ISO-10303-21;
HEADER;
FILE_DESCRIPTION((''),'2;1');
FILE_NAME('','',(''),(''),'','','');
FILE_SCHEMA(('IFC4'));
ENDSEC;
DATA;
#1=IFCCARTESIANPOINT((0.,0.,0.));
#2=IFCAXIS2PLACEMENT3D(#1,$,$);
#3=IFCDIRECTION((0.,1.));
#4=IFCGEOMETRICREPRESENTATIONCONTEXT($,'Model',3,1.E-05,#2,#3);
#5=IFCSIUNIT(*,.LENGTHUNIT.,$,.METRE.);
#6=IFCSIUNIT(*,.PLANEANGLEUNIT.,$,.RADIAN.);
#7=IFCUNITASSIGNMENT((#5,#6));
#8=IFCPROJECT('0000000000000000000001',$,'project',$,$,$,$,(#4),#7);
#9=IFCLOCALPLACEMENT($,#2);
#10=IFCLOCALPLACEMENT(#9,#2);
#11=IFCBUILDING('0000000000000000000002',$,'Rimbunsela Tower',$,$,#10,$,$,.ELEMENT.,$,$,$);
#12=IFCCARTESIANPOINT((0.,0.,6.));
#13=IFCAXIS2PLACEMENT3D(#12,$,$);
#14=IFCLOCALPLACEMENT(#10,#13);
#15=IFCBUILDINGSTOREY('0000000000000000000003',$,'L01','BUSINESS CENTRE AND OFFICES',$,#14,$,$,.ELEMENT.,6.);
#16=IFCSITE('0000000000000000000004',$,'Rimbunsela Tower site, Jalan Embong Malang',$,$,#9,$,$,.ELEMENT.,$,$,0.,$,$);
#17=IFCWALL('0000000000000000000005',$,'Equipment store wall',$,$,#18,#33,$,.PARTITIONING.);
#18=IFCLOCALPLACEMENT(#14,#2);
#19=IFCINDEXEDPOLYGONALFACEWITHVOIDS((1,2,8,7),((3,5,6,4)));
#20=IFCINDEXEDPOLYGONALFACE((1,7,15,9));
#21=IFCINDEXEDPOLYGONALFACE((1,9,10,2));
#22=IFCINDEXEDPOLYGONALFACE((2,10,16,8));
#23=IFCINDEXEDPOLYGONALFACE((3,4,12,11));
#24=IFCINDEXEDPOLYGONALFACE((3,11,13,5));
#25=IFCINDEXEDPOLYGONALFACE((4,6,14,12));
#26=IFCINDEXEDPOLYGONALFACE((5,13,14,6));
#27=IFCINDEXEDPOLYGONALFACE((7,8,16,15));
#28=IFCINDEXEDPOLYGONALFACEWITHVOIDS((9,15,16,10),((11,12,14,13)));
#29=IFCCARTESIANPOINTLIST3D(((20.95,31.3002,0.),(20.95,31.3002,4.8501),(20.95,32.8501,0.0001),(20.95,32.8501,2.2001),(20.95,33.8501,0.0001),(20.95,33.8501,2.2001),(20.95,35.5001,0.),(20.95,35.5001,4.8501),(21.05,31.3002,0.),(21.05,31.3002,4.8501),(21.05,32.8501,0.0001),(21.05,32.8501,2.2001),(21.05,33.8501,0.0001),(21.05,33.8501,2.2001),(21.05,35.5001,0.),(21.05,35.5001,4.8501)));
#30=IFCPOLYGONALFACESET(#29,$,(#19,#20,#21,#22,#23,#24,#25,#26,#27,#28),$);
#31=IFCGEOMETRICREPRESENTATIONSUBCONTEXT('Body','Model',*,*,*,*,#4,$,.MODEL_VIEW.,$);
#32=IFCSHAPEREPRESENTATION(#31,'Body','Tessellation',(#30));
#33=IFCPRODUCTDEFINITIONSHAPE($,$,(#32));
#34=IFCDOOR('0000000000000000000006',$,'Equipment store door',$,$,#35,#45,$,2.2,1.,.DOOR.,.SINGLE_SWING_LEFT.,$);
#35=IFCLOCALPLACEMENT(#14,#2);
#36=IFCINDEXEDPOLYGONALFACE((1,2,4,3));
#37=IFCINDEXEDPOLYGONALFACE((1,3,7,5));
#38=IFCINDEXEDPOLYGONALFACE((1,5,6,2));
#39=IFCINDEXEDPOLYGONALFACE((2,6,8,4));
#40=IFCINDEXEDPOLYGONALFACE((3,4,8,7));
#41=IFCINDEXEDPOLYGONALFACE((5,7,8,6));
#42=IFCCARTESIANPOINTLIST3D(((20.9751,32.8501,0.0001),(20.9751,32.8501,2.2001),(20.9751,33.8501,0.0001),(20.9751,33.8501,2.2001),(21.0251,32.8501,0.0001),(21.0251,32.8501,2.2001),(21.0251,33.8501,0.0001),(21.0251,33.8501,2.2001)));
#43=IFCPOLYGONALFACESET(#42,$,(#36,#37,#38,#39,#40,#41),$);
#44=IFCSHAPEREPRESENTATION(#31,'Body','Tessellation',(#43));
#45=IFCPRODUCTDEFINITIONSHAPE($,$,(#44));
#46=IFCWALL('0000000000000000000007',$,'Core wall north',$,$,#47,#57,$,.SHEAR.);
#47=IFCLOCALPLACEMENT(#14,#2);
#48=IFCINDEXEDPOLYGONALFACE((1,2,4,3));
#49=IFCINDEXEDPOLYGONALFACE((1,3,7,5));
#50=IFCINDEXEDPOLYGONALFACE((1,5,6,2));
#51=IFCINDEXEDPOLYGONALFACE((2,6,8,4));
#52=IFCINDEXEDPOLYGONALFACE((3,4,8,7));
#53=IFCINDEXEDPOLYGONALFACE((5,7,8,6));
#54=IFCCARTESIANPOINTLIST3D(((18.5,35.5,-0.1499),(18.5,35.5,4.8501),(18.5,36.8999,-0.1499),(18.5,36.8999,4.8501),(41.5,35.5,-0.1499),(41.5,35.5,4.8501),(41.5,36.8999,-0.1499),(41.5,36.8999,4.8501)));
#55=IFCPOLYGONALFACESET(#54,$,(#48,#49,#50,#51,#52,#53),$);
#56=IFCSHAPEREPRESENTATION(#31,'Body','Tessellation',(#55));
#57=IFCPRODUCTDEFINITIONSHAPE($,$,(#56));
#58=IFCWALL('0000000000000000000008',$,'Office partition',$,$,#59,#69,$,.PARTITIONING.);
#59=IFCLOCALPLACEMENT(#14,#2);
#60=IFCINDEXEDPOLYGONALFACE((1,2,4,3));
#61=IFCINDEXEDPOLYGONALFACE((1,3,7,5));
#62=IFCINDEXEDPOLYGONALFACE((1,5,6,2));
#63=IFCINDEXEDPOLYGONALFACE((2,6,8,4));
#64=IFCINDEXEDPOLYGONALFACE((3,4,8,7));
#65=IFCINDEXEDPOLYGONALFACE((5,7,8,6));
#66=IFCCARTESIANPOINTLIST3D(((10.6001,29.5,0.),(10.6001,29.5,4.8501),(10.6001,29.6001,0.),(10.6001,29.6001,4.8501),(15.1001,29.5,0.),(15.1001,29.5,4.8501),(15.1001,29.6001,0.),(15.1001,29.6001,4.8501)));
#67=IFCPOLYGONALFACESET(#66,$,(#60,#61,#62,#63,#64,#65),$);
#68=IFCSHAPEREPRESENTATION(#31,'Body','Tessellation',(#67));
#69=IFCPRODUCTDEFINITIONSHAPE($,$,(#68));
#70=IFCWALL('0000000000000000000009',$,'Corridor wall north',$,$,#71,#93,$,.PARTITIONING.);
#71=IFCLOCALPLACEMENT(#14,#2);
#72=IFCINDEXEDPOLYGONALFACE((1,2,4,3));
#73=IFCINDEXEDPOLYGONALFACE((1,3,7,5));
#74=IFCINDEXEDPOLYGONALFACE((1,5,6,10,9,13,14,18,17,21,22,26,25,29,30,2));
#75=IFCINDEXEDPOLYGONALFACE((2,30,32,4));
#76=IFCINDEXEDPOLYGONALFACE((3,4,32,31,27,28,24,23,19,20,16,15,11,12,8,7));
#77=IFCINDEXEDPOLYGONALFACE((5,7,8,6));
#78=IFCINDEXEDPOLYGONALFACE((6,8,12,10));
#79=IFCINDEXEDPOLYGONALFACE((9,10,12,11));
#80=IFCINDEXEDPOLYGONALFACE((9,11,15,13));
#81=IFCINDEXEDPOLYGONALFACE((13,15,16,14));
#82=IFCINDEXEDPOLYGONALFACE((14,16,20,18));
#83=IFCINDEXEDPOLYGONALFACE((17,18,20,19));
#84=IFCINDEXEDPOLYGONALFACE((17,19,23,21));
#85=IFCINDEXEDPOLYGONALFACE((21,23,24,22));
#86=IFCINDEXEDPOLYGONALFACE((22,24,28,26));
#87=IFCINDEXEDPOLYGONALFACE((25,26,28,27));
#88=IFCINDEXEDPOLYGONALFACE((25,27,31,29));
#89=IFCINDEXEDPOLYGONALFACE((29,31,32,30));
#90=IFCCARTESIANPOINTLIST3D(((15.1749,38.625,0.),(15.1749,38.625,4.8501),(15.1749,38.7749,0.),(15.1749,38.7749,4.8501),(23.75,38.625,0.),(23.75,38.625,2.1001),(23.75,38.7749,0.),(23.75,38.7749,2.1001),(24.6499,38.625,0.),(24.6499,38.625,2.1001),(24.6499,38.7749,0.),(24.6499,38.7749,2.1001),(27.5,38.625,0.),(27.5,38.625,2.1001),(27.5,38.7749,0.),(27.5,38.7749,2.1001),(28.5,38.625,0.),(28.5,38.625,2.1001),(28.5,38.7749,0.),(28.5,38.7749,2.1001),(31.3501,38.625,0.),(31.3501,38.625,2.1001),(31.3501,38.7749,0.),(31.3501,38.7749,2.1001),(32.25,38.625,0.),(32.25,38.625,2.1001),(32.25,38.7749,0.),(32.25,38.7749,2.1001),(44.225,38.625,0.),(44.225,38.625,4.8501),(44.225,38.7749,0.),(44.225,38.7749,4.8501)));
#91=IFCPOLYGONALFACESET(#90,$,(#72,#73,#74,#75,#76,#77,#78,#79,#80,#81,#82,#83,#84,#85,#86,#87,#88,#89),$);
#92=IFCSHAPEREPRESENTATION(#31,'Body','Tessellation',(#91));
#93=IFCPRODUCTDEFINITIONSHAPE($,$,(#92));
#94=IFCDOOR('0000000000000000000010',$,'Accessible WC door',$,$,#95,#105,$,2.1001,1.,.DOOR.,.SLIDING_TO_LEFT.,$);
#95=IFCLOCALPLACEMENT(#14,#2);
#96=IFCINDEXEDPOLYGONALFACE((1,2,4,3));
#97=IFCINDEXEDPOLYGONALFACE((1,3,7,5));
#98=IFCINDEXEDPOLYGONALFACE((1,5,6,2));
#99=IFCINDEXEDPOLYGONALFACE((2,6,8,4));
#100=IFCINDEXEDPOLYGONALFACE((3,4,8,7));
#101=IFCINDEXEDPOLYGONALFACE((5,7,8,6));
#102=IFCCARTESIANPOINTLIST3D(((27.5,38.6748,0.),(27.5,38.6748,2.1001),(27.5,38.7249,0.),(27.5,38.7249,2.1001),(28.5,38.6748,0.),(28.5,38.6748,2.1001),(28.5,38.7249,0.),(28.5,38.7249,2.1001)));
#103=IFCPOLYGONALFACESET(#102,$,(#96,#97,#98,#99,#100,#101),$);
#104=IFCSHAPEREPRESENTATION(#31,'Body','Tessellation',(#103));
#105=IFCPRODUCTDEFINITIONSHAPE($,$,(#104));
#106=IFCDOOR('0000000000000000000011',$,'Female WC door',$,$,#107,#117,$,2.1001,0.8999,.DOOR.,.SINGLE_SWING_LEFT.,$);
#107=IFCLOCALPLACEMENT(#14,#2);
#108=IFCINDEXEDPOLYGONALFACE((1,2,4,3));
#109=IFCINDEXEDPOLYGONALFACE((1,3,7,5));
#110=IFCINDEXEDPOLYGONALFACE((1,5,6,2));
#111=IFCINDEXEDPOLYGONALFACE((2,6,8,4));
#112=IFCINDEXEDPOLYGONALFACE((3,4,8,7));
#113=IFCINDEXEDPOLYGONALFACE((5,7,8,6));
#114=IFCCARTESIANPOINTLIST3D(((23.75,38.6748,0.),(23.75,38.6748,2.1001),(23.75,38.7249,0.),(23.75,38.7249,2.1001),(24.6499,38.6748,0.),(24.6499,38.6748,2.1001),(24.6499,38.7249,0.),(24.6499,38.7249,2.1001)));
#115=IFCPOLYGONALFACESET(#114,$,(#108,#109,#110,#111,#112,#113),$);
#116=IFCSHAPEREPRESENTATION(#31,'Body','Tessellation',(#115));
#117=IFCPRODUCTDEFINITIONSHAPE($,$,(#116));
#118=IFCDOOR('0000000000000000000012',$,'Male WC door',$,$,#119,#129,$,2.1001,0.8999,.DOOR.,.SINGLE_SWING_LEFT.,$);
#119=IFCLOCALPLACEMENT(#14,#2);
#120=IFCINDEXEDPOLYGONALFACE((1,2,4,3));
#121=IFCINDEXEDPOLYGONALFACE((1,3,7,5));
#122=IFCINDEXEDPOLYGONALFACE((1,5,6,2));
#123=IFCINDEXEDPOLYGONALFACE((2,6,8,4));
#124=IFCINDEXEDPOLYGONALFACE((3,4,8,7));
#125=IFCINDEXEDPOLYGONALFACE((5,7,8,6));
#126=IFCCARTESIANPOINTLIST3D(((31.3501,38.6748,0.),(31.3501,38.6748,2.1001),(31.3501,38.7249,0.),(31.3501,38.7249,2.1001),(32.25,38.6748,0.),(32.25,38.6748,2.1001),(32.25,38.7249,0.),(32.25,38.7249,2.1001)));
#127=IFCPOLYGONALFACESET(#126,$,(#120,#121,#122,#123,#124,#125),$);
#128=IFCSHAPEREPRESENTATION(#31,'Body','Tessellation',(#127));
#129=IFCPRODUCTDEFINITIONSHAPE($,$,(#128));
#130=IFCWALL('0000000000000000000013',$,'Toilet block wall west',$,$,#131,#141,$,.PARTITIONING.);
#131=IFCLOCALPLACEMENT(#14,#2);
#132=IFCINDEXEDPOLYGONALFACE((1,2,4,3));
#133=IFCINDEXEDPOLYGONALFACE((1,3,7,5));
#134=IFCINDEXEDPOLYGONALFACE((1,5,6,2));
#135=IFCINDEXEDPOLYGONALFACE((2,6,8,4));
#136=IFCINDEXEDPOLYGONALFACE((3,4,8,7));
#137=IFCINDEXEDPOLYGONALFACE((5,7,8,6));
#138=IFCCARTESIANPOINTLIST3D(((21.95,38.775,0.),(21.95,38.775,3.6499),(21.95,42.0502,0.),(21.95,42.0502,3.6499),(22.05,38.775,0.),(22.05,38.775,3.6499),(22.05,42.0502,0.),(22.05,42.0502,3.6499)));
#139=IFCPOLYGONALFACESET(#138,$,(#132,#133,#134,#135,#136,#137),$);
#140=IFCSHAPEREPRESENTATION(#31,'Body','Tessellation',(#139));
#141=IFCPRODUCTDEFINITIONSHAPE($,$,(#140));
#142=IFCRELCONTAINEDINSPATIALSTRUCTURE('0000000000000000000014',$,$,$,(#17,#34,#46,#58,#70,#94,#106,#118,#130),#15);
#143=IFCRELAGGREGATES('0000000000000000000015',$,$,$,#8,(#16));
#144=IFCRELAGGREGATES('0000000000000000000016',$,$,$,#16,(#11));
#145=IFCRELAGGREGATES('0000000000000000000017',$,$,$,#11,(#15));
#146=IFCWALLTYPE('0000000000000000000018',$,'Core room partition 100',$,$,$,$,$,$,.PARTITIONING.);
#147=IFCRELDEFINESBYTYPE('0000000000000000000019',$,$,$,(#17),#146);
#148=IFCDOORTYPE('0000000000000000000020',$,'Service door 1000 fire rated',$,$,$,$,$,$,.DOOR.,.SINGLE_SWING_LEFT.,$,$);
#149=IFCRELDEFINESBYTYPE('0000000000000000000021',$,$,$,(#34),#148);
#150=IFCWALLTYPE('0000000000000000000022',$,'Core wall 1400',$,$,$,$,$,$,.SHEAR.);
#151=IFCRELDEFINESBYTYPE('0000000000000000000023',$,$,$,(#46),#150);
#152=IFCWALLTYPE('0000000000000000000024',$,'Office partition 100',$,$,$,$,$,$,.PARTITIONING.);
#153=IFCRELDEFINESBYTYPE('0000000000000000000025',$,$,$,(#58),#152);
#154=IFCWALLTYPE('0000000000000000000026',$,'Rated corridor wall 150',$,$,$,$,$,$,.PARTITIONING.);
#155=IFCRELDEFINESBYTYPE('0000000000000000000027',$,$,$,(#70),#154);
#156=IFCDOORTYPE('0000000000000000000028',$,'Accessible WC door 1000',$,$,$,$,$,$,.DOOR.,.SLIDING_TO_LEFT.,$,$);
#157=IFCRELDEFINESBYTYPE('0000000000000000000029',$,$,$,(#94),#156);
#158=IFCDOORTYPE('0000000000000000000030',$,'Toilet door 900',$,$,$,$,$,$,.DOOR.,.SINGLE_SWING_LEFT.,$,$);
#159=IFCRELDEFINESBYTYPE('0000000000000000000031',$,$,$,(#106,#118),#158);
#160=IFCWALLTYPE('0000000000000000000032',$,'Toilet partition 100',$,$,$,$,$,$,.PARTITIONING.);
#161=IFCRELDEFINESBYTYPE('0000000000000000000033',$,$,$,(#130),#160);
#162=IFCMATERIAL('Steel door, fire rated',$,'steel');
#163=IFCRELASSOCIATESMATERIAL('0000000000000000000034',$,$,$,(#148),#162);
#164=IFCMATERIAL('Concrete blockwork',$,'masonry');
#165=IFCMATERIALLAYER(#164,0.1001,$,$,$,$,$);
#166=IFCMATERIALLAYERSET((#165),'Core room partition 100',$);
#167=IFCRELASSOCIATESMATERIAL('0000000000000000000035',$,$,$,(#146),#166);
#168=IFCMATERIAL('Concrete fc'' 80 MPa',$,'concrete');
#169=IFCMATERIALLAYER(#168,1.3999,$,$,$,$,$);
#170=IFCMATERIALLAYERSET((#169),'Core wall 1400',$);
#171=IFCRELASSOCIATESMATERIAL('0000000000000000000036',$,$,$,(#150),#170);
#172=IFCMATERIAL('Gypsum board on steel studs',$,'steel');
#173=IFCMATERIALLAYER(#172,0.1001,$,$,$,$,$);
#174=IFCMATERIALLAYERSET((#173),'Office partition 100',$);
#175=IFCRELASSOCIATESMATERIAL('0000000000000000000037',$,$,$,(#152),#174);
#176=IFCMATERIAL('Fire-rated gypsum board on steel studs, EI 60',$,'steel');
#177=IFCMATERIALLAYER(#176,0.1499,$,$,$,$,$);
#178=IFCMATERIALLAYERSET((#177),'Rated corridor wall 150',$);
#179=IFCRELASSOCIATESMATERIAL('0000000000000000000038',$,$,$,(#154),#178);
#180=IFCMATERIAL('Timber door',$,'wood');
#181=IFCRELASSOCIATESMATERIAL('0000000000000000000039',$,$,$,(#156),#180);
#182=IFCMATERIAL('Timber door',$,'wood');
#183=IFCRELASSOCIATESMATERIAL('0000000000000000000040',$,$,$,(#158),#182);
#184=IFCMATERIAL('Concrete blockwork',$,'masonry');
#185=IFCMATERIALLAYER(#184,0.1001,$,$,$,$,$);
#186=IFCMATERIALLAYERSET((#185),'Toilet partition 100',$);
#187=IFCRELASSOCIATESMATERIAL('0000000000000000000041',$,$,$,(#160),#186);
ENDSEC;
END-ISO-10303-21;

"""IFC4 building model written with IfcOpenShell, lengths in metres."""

from ifc_helpers import new_model, si_unit, direction, frame, frame_2d, origin, place, context, subcontext, project, spatial, rectangle, extrude, material, layer, layer_set, type_object, element, fill, save


model = new_model("IFC4")

# Units and contexts
model_context = context("Model", 3, precision=1e-05, world=origin(), true_north=direction((0.0, 1.0)))
body_context = subcontext(model_context, "Body", "Model", "MODEL_VIEW")
ifc_project = project(units=[si_unit("LENGTHUNIT", "METRE"), si_unit("PLANEANGLEUNIT", "RADIAN")], contexts=[model_context])

# Site, building, storey
site_placement = place(None, origin())
site = spatial("IfcSite", under=ifc_project, at=site_placement, Name="Rimbunsela Tower site, Jalan Embong Malang", CompositionType="ELEMENT", RefElevation=0.0)
building_placement = place(site_placement, origin())
building = spatial("IfcBuilding", under=site, at=building_placement, Name="Rimbunsela Tower", CompositionType="ELEMENT")
storey_placement = place(building_placement, frame((0.0, 0.0, 6.0)))
storey = spatial("IfcBuildingStorey", under=building, at=storey_placement, Name="L01", Description="BUSINESS CENTRE AND OFFICES", CompositionType="ELEMENT", Elevation=6.0)

# Shared definitions
ifc_material_1 = material(Name="Steel door, fire rated", Category="steel")
door_type_1 = type_object("IfcDoorType", Name="Service door 1000 fire rated", OperationType="SINGLE_SWING_LEFT", PredefinedType="DOOR", material=ifc_material_1)

# Wall, opening, door
ifc_material_2 = material(Name="Concrete blockwork", Category="masonry")
ifc_layer_1 = layer(ifc_material_2, 0.1001)
ifc_layer_set_1 = layer_set([ifc_layer_1], Name="Core room partition 100")
wall_type_1 = type_object("IfcWallType", Name="Core room partition 100", PredefinedType="PARTITIONING", material=ifc_layer_set_1)
wall_1_placement = place(storey_placement, frame((21.0, 31.3, 0.0), z_axis=(0.0, 0.0, 1.0), x_axis=(0.0, 1.0, 0.0)))
wall_1 = element("IfcWall", 1, at=wall_1_placement, inside=storey, type_object=wall_type_1, Name="Equipment store wall", PredefinedType="PARTITIONING", context=body_context, shape_type="SweptSolid", body=[
    extrude(rectangle(XDim=4.2, YDim=0.1001, at=frame_2d((2.1001, 0.0))), origin(), (0.0, 0.0, 1.0), 4.8501),
])
opening_1_placement = place(wall_1_placement, frame((1.55, 0.0, 0.0)))
opening_1 = element("IfcOpeningElement", 2, at=opening_1_placement, cuts=wall_1, PredefinedType="OPENING", context=body_context, shape_type="SweptSolid", body=[
    extrude(rectangle(XDim=1.0, YDim=2.2, at=frame_2d((0.5, 1.1001))), frame((0.0, 0.0601, 0.0), z_axis=(0.0, -1.0, 0.0), x_axis=(1.0, 0.0, 0.0)), (0.0, 0.0, 1.0), 0.1201),
])
door_1_placement = place(opening_1_placement, origin())
door_1 = element("IfcDoor", 3, at=door_1_placement, inside=storey, type_object=door_type_1, Name="Equipment store door", OperationType="SINGLE_SWING_LEFT", OverallHeight=2.2, OverallWidth=1.0, PredefinedType="DOOR", context=body_context, shape_type="SweptSolid", body=[
    extrude(rectangle(XDim=1.0, YDim=2.2, at=frame_2d((0.5, 1.1001))), frame((0.0, 0.0249, 0.0), z_axis=(0.0, -1.0, 0.0), x_axis=(1.0, 0.0, 0.0)), (0.0, 0.0, 1.0), 0.05),
])
fill(opening_1, door_1)

# Walls
ifc_material_3 = material(Name="Concrete fc' 80 MPa", Category="concrete")
ifc_layer_2 = layer(ifc_material_3, 1.3999)
ifc_layer_set_2 = layer_set([ifc_layer_2], Name="Core wall 1400")
wall_type_2 = type_object("IfcWallType", Name="Core wall 1400", PredefinedType="SHEAR", material=ifc_layer_set_2)
wall_2_placement = place(storey_placement, frame((18.5, 36.2, -0.1499), z_axis=(0.0, 0.0, 1.0), x_axis=(1.0, 0.0, 0.0)))
element("IfcWall", 4, at=wall_2_placement, inside=storey, type_object=wall_type_2, Name="Core wall north", PredefinedType="SHEAR", context=body_context, shape_type="SweptSolid", body=[
    extrude(rectangle(XDim=23.0, YDim=1.3999, at=frame_2d((11.5, 0.0))), origin(), (0.0, 0.0, 1.0), 5.0),
])
ifc_material_4 = material(Name="Gypsum board on steel studs", Category="steel")
ifc_layer_3 = layer(ifc_material_4, 0.1001)
ifc_layer_set_3 = layer_set([ifc_layer_3], Name="Office partition 100")
wall_type_3 = type_object("IfcWallType", Name="Office partition 100", PredefinedType="PARTITIONING", material=ifc_layer_set_3)
wall_3_placement = place(storey_placement, frame((15.1001, 29.55, 0.0), z_axis=(0.0, 0.0, 1.0), x_axis=(-1.0, 0.0, 0.0)))
element("IfcWall", 5, at=wall_3_placement, inside=storey, type_object=wall_type_3, Name="Office partition", PredefinedType="PARTITIONING", context=body_context, shape_type="SweptSolid", body=[
    extrude(rectangle(XDim=4.5, YDim=0.1001, at=frame_2d((2.25, 0.0))), origin(), (0.0, 0.0, 1.0), 4.8501),
])

# Wall, openings, doors
ifc_material_5 = material(Name="Fire-rated gypsum board on steel studs, EI 60", Category="steel")
ifc_layer_4 = layer(ifc_material_5, 0.1499)
ifc_layer_set_4 = layer_set([ifc_layer_4], Name="Rated corridor wall 150")
wall_type_4 = type_object("IfcWallType", Name="Rated corridor wall 150", PredefinedType="PARTITIONING", material=ifc_layer_set_4)
wall_4_placement = place(storey_placement, frame((15.175, 38.7, 0.0), z_axis=(0.0, 0.0, 1.0), x_axis=(1.0, 0.0, 0.0)))
wall_4 = element("IfcWall", 6, at=wall_4_placement, inside=storey, type_object=wall_type_4, Name="Corridor wall north", PredefinedType="PARTITIONING", context=body_context, shape_type="SweptSolid", body=[
    extrude(rectangle(XDim=29.05, YDim=0.1499, at=frame_2d((14.5249, 0.0))), origin(), (0.0, 0.0, 1.0), 4.8501),
])
opening_2_placement = place(wall_4_placement, frame((8.575, 0.0, 0.0)))
opening_2 = element("IfcOpeningElement", 7, at=opening_2_placement, cuts=wall_4, PredefinedType="OPENING", context=body_context, shape_type="SweptSolid", body=[
    extrude(rectangle(XDim=0.8999, YDim=2.1001, at=frame_2d((0.45, 1.05))), frame((0.0, 0.085, 0.0), z_axis=(0.0, -1.0, 0.0), x_axis=(1.0, 0.0, 0.0)), (0.0, 0.0, 1.0), 0.1699),
])
opening_3_placement = place(wall_4_placement, frame((12.325, 0.0, 0.0)))
opening_3 = element("IfcOpeningElement", 8, at=opening_3_placement, cuts=wall_4, PredefinedType="OPENING", context=body_context, shape_type="SweptSolid", body=[
    extrude(rectangle(XDim=1.0, YDim=2.1001, at=frame_2d((0.5, 1.05))), frame((0.0, 0.085, 0.0), z_axis=(0.0, -1.0, 0.0), x_axis=(1.0, 0.0, 0.0)), (0.0, 0.0, 1.0), 0.1699),
])
opening_4_placement = place(wall_4_placement, frame((16.175, 0.0, 0.0)))
opening_4 = element("IfcOpeningElement", 9, at=opening_4_placement, cuts=wall_4, PredefinedType="OPENING", context=body_context, shape_type="SweptSolid", body=[
    extrude(rectangle(XDim=0.8999, YDim=2.1001, at=frame_2d((0.45, 1.05))), frame((0.0, 0.085, 0.0), z_axis=(0.0, -1.0, 0.0), x_axis=(1.0, 0.0, 0.0)), (0.0, 0.0, 1.0), 0.1699),
])
ifc_material_6 = material(Name="Timber door", Category="wood")
door_type_2 = type_object("IfcDoorType", Name="Accessible WC door 1000", OperationType="SLIDING_TO_LEFT", PredefinedType="DOOR", material=ifc_material_6)
door_2_placement = place(opening_3_placement, origin())
door_2 = element("IfcDoor", 10, at=door_2_placement, inside=storey, type_object=door_type_2, Name="Accessible WC door", OperationType="SLIDING_TO_LEFT", OverallHeight=2.1001, OverallWidth=1.0, PredefinedType="DOOR", context=body_context, shape_type="SweptSolid", body=[
    extrude(rectangle(XDim=1.0, YDim=2.1001, at=frame_2d((0.5, 1.05))), frame((0.0, 0.0249, 0.0), z_axis=(0.0, -1.0, 0.0), x_axis=(1.0, 0.0, 0.0)), (0.0, 0.0, 1.0), 0.05),
])
fill(opening_3, door_2)
ifc_material_7 = material(Name="Timber door", Category="wood")
door_type_3 = type_object("IfcDoorType", Name="Toilet door 900", OperationType="SINGLE_SWING_LEFT", PredefinedType="DOOR", material=ifc_material_7)
door_3_placement = place(opening_2_placement, origin())
door_3 = element("IfcDoor", 11, at=door_3_placement, inside=storey, type_object=door_type_3, Name="Female WC door", OperationType="SINGLE_SWING_LEFT", OverallHeight=2.1001, OverallWidth=0.8999, PredefinedType="DOOR", context=body_context, shape_type="SweptSolid", body=[
    extrude(rectangle(XDim=0.8999, YDim=2.1001, at=frame_2d((0.45, 1.05))), frame((0.0, 0.0249, 0.0), z_axis=(0.0, -1.0, 0.0), x_axis=(1.0, 0.0, 0.0)), (0.0, 0.0, 1.0), 0.05),
])
fill(opening_2, door_3)
door_4_placement = place(opening_4_placement, origin())
door_4 = element("IfcDoor", 12, at=door_4_placement, inside=storey, type_object=door_type_3, Name="Male WC door", OperationType="SINGLE_SWING_LEFT", OverallHeight=2.1001, OverallWidth=0.8999, PredefinedType="DOOR", context=body_context, shape_type="SweptSolid", body=[
    extrude(rectangle(XDim=0.8999, YDim=2.1001, at=frame_2d((0.45, 1.05))), frame((0.0, 0.0249, 0.0), z_axis=(0.0, -1.0, 0.0), x_axis=(1.0, 0.0, 0.0)), (0.0, 0.0, 1.0), 0.05),
])
fill(opening_4, door_4)

# Wall
ifc_material_8 = material(Name="Concrete blockwork", Category="masonry")
ifc_layer_5 = layer(ifc_material_8, 0.1001)
ifc_layer_set_5 = layer_set([ifc_layer_5], Name="Toilet partition 100")
wall_type_5 = type_object("IfcWallType", Name="Toilet partition 100", PredefinedType="PARTITIONING", material=ifc_layer_set_5)
wall_5_placement = place(storey_placement, frame((22.0, 38.7749, 0.0), z_axis=(0.0, 0.0, 1.0), x_axis=(0.0, 1.0, 0.0)))
element("IfcWall", 13, at=wall_5_placement, inside=storey, type_object=wall_type_5, Name="Toilet block wall west", PredefinedType="PARTITIONING", context=body_context, shape_type="SweptSolid", body=[
    extrude(rectangle(XDim=3.2751, YDim=0.1001, at=frame_2d((1.6377, 0.0))), origin(), (0.0, 0.0, 1.0), 3.6499),
])

save(model, "model.ifc")
